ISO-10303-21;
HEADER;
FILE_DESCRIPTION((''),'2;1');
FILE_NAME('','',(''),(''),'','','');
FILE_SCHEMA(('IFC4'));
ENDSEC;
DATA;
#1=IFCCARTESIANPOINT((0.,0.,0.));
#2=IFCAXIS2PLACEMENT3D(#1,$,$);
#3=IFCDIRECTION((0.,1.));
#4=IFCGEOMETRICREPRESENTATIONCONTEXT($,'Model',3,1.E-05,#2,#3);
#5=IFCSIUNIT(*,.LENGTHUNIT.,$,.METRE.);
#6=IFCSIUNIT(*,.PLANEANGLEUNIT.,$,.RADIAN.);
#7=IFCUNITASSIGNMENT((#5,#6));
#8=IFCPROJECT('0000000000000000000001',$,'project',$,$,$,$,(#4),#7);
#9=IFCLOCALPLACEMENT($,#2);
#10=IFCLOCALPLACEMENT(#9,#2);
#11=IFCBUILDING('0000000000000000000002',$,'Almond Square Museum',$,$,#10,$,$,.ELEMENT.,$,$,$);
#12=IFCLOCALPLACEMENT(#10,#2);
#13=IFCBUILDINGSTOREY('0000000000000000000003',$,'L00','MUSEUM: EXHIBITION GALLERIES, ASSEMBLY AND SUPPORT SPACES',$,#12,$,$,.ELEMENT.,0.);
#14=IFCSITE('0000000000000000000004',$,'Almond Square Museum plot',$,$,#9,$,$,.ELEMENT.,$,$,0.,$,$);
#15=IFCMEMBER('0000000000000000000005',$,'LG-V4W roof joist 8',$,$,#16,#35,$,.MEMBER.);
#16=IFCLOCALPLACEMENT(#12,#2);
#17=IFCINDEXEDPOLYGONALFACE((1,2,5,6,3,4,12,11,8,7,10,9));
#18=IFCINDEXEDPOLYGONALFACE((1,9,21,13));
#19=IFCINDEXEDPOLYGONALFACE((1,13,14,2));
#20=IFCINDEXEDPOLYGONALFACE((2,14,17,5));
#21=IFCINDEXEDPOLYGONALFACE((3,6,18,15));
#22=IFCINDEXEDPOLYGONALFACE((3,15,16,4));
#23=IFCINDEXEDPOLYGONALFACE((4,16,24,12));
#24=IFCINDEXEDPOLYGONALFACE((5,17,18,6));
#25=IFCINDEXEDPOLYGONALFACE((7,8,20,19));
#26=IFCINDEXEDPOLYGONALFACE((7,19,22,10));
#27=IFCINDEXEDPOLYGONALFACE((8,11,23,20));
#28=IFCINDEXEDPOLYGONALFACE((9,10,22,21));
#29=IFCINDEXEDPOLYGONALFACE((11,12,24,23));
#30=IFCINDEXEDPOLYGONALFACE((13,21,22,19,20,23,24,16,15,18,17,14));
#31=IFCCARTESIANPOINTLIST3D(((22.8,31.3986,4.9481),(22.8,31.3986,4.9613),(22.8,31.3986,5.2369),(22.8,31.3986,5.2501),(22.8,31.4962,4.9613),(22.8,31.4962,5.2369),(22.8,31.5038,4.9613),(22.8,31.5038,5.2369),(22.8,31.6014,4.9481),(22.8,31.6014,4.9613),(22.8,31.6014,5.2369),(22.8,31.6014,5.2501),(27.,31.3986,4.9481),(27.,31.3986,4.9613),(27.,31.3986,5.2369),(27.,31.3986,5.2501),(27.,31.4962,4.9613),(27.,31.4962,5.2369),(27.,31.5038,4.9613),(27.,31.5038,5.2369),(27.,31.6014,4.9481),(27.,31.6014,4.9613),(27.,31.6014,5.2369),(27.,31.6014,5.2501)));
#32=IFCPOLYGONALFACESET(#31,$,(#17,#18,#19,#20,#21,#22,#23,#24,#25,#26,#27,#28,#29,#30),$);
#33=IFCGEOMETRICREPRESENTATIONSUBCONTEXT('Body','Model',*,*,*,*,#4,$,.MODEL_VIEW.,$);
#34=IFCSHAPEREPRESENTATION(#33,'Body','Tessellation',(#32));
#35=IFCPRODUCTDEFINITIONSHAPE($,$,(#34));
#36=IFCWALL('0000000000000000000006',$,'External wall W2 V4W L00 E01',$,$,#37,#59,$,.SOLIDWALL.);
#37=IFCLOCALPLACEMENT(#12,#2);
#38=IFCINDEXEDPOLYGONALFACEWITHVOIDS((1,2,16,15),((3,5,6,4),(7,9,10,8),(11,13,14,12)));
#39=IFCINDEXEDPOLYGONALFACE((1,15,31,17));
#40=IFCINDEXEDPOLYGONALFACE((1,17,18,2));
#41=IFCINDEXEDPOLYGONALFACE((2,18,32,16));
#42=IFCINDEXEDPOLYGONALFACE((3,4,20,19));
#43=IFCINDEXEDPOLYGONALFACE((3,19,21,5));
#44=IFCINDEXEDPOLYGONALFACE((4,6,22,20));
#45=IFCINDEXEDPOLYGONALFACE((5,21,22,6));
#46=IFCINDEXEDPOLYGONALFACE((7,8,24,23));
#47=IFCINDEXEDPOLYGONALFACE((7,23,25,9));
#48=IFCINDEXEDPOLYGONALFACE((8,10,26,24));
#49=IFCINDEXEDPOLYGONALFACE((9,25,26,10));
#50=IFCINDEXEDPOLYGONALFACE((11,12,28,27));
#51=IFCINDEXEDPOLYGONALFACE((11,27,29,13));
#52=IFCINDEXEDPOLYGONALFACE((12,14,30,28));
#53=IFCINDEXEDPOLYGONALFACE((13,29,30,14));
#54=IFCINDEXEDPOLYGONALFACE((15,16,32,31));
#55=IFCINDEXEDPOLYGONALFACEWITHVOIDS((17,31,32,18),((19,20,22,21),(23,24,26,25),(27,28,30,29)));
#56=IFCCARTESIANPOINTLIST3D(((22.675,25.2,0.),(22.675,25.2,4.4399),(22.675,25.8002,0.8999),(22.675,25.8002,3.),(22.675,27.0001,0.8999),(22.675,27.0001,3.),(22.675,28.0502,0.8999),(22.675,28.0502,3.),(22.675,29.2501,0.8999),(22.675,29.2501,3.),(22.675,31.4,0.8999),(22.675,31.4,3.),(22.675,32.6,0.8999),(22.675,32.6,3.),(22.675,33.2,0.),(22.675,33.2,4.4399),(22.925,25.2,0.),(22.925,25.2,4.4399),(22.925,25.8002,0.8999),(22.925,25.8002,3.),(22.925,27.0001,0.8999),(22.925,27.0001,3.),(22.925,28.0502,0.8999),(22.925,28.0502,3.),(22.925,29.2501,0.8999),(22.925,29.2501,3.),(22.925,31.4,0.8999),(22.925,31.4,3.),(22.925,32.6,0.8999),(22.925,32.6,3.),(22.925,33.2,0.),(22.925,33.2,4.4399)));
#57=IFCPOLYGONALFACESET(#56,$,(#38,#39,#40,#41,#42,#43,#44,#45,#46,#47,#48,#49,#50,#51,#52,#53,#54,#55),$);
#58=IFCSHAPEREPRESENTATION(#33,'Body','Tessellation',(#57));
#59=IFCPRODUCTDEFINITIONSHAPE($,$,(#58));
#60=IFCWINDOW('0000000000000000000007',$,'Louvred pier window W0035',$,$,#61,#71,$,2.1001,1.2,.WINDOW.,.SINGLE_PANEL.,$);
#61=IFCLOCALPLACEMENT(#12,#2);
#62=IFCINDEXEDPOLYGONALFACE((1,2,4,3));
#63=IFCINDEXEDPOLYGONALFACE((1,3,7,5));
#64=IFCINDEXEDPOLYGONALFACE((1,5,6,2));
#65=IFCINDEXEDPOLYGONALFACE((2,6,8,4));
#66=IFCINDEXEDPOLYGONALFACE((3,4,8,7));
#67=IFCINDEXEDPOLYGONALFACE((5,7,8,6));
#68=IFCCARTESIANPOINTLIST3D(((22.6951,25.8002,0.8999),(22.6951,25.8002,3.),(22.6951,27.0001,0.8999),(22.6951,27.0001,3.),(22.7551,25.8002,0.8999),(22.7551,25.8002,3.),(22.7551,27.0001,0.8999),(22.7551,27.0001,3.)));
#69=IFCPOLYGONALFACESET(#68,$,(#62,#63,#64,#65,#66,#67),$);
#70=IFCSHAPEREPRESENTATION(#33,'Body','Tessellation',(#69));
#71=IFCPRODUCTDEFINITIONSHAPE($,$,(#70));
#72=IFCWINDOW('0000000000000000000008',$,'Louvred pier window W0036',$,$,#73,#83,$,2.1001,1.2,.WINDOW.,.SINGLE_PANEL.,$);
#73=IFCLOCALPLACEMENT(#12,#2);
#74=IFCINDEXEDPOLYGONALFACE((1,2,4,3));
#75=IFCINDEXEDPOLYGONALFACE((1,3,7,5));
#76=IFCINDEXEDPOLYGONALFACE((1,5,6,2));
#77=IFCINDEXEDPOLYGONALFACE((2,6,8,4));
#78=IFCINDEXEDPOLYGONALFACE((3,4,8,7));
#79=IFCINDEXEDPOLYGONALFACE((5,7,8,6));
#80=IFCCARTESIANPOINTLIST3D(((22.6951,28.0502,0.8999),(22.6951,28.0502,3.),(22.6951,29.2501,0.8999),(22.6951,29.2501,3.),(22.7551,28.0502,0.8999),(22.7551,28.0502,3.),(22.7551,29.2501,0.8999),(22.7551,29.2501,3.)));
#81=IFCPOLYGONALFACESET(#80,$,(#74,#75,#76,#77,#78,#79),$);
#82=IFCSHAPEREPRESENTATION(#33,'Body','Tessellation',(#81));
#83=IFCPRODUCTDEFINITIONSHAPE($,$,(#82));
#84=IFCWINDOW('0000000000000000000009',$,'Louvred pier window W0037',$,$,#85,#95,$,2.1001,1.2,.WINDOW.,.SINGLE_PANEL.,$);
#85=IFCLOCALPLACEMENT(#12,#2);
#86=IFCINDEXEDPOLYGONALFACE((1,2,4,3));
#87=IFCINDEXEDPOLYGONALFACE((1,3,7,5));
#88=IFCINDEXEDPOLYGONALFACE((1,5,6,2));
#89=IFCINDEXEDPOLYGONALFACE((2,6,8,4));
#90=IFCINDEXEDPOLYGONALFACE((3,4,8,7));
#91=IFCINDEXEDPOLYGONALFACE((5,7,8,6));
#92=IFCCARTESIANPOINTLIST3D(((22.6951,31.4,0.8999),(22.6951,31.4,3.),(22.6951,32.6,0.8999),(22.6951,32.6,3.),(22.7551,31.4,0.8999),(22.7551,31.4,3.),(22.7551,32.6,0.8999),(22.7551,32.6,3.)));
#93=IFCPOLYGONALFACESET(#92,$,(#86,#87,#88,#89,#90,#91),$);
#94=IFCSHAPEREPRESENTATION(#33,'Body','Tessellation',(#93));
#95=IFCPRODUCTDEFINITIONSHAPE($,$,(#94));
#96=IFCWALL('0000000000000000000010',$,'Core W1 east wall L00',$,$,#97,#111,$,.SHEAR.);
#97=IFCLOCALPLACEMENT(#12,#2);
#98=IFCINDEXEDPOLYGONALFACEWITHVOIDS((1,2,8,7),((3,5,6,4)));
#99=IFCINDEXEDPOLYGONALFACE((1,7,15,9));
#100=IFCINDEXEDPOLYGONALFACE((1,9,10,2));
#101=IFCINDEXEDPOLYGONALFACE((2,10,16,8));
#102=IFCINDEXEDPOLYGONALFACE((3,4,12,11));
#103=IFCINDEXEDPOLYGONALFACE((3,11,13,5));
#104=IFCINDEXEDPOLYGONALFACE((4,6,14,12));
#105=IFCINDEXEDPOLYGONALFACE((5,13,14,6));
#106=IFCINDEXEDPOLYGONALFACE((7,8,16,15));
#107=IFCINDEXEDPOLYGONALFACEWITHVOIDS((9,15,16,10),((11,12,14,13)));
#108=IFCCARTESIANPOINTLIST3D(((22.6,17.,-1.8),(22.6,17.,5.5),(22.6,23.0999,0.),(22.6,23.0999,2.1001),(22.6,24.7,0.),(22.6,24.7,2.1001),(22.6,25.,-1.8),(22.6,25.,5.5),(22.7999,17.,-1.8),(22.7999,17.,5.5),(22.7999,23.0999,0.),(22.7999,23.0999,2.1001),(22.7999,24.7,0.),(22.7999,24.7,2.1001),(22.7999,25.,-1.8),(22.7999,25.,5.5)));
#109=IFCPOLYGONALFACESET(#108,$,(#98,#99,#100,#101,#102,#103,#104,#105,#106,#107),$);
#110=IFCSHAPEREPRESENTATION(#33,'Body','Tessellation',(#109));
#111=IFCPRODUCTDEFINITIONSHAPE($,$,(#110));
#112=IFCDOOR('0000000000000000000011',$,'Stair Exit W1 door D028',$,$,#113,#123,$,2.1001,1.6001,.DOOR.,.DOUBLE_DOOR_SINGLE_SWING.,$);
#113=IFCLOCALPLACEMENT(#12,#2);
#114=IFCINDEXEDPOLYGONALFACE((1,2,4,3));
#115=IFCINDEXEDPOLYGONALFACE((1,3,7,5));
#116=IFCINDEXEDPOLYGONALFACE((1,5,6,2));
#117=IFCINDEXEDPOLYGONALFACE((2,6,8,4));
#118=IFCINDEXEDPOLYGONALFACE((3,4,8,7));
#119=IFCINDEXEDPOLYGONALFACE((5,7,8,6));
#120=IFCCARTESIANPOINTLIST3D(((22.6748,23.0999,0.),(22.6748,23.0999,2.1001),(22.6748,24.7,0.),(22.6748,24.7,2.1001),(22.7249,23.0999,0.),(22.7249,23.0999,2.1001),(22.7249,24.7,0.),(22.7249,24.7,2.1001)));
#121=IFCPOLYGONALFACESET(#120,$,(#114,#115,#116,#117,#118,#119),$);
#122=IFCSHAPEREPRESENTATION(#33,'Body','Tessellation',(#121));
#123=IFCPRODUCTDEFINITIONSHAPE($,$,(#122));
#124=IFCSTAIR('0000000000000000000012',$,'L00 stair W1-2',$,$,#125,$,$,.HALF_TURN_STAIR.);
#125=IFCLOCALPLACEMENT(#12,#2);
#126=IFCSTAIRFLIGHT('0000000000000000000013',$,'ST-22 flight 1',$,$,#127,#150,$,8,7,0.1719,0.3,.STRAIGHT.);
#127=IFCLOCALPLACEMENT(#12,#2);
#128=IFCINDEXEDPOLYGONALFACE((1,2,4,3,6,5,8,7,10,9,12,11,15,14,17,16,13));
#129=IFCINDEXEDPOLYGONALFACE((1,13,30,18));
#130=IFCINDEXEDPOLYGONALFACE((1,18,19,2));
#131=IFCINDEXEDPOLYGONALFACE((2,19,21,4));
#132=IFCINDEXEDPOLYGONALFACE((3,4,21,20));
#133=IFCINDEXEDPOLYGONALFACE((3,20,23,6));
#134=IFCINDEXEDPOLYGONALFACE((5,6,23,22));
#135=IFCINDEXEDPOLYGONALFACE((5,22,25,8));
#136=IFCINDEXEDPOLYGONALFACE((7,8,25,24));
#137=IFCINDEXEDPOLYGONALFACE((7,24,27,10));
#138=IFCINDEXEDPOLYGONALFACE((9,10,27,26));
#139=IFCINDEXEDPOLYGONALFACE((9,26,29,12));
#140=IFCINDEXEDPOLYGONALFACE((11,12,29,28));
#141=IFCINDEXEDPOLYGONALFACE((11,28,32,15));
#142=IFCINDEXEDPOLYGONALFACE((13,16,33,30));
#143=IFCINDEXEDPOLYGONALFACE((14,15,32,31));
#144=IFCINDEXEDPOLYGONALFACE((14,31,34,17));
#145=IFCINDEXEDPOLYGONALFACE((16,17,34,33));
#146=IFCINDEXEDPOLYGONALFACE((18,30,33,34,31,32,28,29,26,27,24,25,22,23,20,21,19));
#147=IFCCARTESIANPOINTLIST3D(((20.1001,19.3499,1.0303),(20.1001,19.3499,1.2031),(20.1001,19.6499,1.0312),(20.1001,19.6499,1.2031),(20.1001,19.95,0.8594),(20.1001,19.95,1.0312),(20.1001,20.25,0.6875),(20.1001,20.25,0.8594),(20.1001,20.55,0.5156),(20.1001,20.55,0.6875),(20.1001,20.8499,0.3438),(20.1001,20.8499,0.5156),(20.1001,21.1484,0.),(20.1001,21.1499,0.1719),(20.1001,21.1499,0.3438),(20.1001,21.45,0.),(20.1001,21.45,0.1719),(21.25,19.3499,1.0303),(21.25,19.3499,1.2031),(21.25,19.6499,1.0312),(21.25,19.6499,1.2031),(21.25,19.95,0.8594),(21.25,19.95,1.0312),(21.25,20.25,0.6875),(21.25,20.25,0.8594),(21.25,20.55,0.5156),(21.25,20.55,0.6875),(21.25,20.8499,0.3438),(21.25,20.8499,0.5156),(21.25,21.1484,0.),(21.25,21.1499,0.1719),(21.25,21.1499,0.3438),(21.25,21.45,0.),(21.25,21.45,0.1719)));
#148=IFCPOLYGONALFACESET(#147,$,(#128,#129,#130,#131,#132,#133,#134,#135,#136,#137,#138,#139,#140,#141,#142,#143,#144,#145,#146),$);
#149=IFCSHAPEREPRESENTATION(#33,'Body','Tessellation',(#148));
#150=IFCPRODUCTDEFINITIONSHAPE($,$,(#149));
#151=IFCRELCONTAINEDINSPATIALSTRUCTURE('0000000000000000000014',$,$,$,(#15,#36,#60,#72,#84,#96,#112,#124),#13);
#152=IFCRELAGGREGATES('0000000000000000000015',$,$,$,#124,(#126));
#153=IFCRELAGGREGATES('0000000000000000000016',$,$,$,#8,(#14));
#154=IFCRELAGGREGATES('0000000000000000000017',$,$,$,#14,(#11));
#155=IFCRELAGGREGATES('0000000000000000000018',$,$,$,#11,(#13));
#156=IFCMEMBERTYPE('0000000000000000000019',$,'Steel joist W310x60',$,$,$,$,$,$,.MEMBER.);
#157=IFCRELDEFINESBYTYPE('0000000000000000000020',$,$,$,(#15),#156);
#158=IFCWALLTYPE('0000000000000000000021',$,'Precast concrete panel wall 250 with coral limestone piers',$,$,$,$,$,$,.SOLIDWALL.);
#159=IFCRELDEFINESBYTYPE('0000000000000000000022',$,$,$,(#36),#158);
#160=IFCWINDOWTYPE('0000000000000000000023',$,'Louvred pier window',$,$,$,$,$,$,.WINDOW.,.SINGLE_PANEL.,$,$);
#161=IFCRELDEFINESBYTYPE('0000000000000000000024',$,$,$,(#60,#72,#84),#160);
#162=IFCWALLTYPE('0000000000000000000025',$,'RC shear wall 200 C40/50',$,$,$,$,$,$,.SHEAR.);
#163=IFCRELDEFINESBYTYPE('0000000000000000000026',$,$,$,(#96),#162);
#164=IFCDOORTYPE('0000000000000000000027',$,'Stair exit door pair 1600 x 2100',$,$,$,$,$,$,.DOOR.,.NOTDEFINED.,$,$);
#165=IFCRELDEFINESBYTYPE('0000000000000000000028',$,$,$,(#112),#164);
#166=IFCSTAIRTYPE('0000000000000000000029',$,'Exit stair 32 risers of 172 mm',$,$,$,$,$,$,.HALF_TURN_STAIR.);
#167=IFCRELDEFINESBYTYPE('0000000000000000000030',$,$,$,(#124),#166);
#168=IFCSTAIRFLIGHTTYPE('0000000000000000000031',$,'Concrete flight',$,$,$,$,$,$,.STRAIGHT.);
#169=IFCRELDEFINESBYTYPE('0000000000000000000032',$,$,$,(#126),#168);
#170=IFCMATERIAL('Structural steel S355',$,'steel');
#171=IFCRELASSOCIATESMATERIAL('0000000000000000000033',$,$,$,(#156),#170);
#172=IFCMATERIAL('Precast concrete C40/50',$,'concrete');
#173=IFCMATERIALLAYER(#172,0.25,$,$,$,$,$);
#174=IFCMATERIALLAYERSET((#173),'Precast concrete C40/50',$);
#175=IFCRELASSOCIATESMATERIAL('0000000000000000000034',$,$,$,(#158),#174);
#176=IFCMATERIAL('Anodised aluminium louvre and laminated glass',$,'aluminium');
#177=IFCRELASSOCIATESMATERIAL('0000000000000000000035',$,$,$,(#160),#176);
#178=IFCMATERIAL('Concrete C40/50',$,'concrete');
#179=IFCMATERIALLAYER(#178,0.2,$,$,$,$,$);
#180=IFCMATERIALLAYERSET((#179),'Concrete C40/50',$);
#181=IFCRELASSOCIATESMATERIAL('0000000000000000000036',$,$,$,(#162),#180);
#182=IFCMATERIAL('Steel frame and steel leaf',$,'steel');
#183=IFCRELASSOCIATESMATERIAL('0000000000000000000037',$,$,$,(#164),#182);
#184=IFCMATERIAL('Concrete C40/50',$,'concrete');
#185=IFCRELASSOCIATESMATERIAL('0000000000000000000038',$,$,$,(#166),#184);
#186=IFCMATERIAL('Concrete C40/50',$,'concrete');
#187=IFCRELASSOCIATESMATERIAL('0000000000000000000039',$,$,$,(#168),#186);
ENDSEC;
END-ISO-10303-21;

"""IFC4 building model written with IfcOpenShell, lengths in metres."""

from ifc_helpers import new_model, si_unit, direction, frame, frame_2d, origin, origin_2d, place, context, subcontext, project, spatial, polyline, rectangle, i_section, outline, extrude, material, layer, layer_set, material_profile, profile_set, type_object, element, fill, aggregate, save


model = new_model("IFC4")

# Units and contexts
model_context = context("Model", 3, precision=1e-05, world=origin(), true_north=direction((0.0, 1.0)))
body_context = subcontext(model_context, "Body", "Model", "MODEL_VIEW")
ifc_project = project(units=[si_unit("LENGTHUNIT", "METRE"), si_unit("PLANEANGLEUNIT", "RADIAN")], contexts=[model_context])

# Site, building, storey
site_placement = place(None, origin())
site = spatial("IfcSite", under=ifc_project, at=site_placement, Name="Almond Square Museum plot", CompositionType="ELEMENT", RefElevation=0.0)
building_placement = place(site_placement, origin())
building = spatial("IfcBuilding", under=site, at=building_placement, Name="Almond Square Museum", CompositionType="ELEMENT")
storey_placement = place(building_placement, origin())
storey = spatial("IfcBuildingStorey", under=building, at=storey_placement, Name="L00", Description="MUSEUM: EXHIBITION GALLERIES, ASSEMBLY AND SUPPORT SPACES", CompositionType="ELEMENT", Elevation=0.0)

# Member
ifc_material_1 = material(Name="Structural steel S355", Category="steel")
ifc_material_profile_1 = material_profile(ifc_material_1, i_section(OverallWidth=0.2029, OverallDepth=0.302, WebThickness=0.0076, FlangeThickness=0.0132, at=origin_2d()))
ifc_profile_set_1 = profile_set([ifc_material_profile_1], Name="Structural steel S355")
member_type = type_object("IfcMemberType", Name="Steel joist W310x60", PredefinedType="MEMBER", material=ifc_profile_set_1)
for number, where, z_axis, x_axis, name in (
    (1, (22.8, 31.5, 5.0991), (1.0, 0.0, 0.0), (0.0, 1.0, 0.0), "LG-V4W roof joist 8"),
):
    element("IfcMember", number, at=place(storey_placement, frame(where, z_axis=z_axis, x_axis=x_axis)), inside=storey, type_object=member_type, Name=name, PredefinedType="MEMBER", context=body_context, shape_type="SweptSolid", body=[
        extrude(i_section(OverallWidth=0.2029, OverallDepth=0.302, WebThickness=0.0076, FlangeThickness=0.0132, at=origin_2d()), origin(), (0.0, 0.0, 1.0), 4.2),
    ])

# Wall, openings, windows
ifc_material_2 = material(Name="Precast concrete C40/50", Category="concrete")
ifc_layer_1 = layer(ifc_material_2, 0.25)
ifc_layer_set_1 = layer_set([ifc_layer_1], Name="Precast concrete C40/50")
wall_type_1 = type_object("IfcWallType", Name="Precast concrete panel wall 250 with coral limestone piers", PredefinedType="SOLIDWALL", material=ifc_layer_set_1)
wall_1_placement = place(storey_placement, frame((22.8, 25.2, 0.0), z_axis=(0.0, 0.0, 1.0), x_axis=(0.0, 1.0, 0.0)))
wall_1 = element("IfcWall", 2, at=wall_1_placement, inside=storey, type_object=wall_type_1, Name="External wall W2 V4W L00 E01", PredefinedType="SOLIDWALL", context=body_context, shape_type="SweptSolid", body=[
    extrude(rectangle(XDim=8.0, YDim=0.25, at=frame_2d((4.0, 0.0))), origin(), (0.0, 0.0, 1.0), 4.4399),
])
opening_1_placement = place(wall_1_placement, frame((0.6001, 0.0, 0.8999)))
opening_1 = element("IfcOpeningElement", 3, at=opening_1_placement, cuts=wall_1, PredefinedType="OPENING", context=body_context, shape_type="SweptSolid", body=[
    extrude(rectangle(XDim=1.2, YDim=2.1001, at=frame_2d((0.6001, 1.05))), frame((0.0, 0.135, 0.0), z_axis=(0.0, -1.0, 0.0), x_axis=(1.0, 0.0, 0.0)), (0.0, 0.0, 1.0), 0.27),
])
opening_2_placement = place(wall_1_placement, frame((2.8501, 0.0, 0.8999)))
opening_2 = element("IfcOpeningElement", 4, at=opening_2_placement, cuts=wall_1, PredefinedType="OPENING", context=body_context, shape_type="SweptSolid", body=[
    extrude(rectangle(XDim=1.2, YDim=2.1001, at=frame_2d((0.6001, 1.05))), frame((0.0, 0.135, 0.0), z_axis=(0.0, -1.0, 0.0), x_axis=(1.0, 0.0, 0.0)), (0.0, 0.0, 1.0), 0.27),
])
opening_3_placement = place(wall_1_placement, frame((6.2, 0.0, 0.8999)))
opening_3 = element("IfcOpeningElement", 5, at=opening_3_placement, cuts=wall_1, PredefinedType="OPENING", context=body_context, shape_type="SweptSolid", body=[
    extrude(rectangle(XDim=1.2, YDim=2.1001, at=frame_2d((0.6001, 1.05))), frame((0.0, 0.135, 0.0), z_axis=(0.0, -1.0, 0.0), x_axis=(1.0, 0.0, 0.0)), (0.0, 0.0, 1.0), 0.27),
])
ifc_material_3 = material(Name="Anodised aluminium louvre and laminated glass", Category="aluminium")
window_type = type_object("IfcWindowType", Name="Louvred pier window", PartitioningType="SINGLE_PANEL", PredefinedType="WINDOW", material=ifc_material_3)
window_1_placement = place(opening_1_placement, origin())
window_1 = element("IfcWindow", 6, at=window_1_placement, inside=storey, type_object=window_type, Name="Louvred pier window W0035", OverallHeight=2.1001, OverallWidth=1.2, PartitioningType="SINGLE_PANEL", PredefinedType="WINDOW", context=body_context, shape_type="SweptSolid", body=[
    extrude(rectangle(XDim=1.2, YDim=2.1001, at=frame_2d((0.6001, 1.05))), frame((0.0, 0.105, 0.0), z_axis=(0.0, -1.0, 0.0), x_axis=(1.0, 0.0, 0.0)), (0.0, 0.0, 1.0), 0.0601),
])
fill(opening_1, window_1)
window_2_placement = place(opening_2_placement, origin())
window_2 = element("IfcWindow", 7, at=window_2_placement, inside=storey, type_object=window_type, Name="Louvred pier window W0036", OverallHeight=2.1001, OverallWidth=1.2, PartitioningType="SINGLE_PANEL", PredefinedType="WINDOW", context=body_context, shape_type="SweptSolid", body=[
    extrude(rectangle(XDim=1.2, YDim=2.1001, at=frame_2d((0.6001, 1.05))), frame((0.0, 0.105, 0.0), z_axis=(0.0, -1.0, 0.0), x_axis=(1.0, 0.0, 0.0)), (0.0, 0.0, 1.0), 0.0601),
])
fill(opening_2, window_2)
window_3_placement = place(opening_3_placement, origin())
window_3 = element("IfcWindow", 8, at=window_3_placement, inside=storey, type_object=window_type, Name="Louvred pier window W0037", OverallHeight=2.1001, OverallWidth=1.2, PartitioningType="SINGLE_PANEL", PredefinedType="WINDOW", context=body_context, shape_type="SweptSolid", body=[
    extrude(rectangle(XDim=1.2, YDim=2.1001, at=frame_2d((0.6001, 1.05))), frame((0.0, 0.105, 0.0), z_axis=(0.0, -1.0, 0.0), x_axis=(1.0, 0.0, 0.0)), (0.0, 0.0, 1.0), 0.0601),
])
fill(opening_3, window_3)

# Wall, opening, door
ifc_material_4 = material(Name="Concrete C40/50", Category="concrete")
ifc_layer_2 = layer(ifc_material_4, 0.2)
ifc_layer_set_2 = layer_set([ifc_layer_2], Name="Concrete C40/50")
wall_type_2 = type_object("IfcWallType", Name="RC shear wall 200 C40/50", PredefinedType="SHEAR", material=ifc_layer_set_2)
wall_2_placement = place(storey_placement, frame((22.7, 25.0, -1.8), z_axis=(0.0, 0.0, 1.0), x_axis=(0.0, -1.0, 0.0)))
wall_2 = element("IfcWall", 9, at=wall_2_placement, inside=storey, type_object=wall_type_2, Name="Core W1 east wall L00", PredefinedType="SHEAR", context=body_context, shape_type="SweptSolid", body=[
    extrude(rectangle(XDim=8.0, YDim=0.2, at=frame_2d((4.0, 0.0))), origin(), (0.0, 0.0, 1.0), 7.3),
])
opening_4_placement = place(wall_2_placement, frame((0.3, 0.0, 1.8)))
opening_4 = element("IfcOpeningElement", 10, at=opening_4_placement, cuts=wall_2, PredefinedType="OPENING", context=body_context, shape_type="SweptSolid", body=[
    extrude(rectangle(XDim=1.6001, YDim=2.1001, at=frame_2d((0.8, 1.05))), frame((0.0, 0.1099, 0.0), z_axis=(0.0, -1.0, 0.0), x_axis=(1.0, 0.0, 0.0)), (0.0, 0.0, 1.0), 0.22),
])
ifc_material_5 = material(Name="Steel frame and steel leaf", Category="steel")
door_type = type_object("IfcDoorType", Name="Stair exit door pair 1600 x 2100", OperationType="NOTDEFINED", PredefinedType="DOOR", material=ifc_material_5)
door_placement = place(opening_4_placement, origin())
door = element("IfcDoor", 11, at=door_placement, inside=storey, type_object=door_type, Name="Stair Exit W1 door D028", OperationType="DOUBLE_DOOR_SINGLE_SWING", OverallHeight=2.1001, OverallWidth=1.6001, PredefinedType="DOOR", context=body_context, shape_type="SweptSolid", body=[
    extrude(rectangle(XDim=1.6001, YDim=2.1001, at=frame_2d((0.8, 1.05))), frame((0.0, 0.0249, 0.0), z_axis=(0.0, -1.0, 0.0), x_axis=(1.0, 0.0, 0.0)), (0.0, 0.0, 1.0), 0.05),
])
fill(opening_4, door)

# Stair, stair flight
ifc_material_6 = material(Name="Concrete C40/50", Category="concrete")
stair_type = type_object("IfcStairType", Name="Exit stair 32 risers of 172 mm", PredefinedType="HALF_TURN_STAIR", material=ifc_material_6)
stair_placement = place(storey_placement, origin())
stair = element("IfcStair", 12, at=stair_placement, inside=storey, type_object=stair_type, Name="L00 stair W1-2", PredefinedType="HALF_TURN_STAIR")
ifc_material_7 = material(Name="Concrete C40/50", Category="concrete")
stair_flight_type = type_object("IfcStairFlightType", Name="Concrete flight", PredefinedType="STRAIGHT", material=ifc_material_7)
stair_flight_1_placement = place(storey_placement, frame((20.675, 21.45, 0.0), z_axis=(0.0, 0.0, 1.0), x_axis=(0.0, -1.0, 0.0)))
stair_flight_1 = element("IfcStairFlight", 13, at=stair_flight_1_placement, type_object=stair_flight_type, Name="ST-22 flight 1", NumberOfRisers=8, NumberOfTreads=7, PredefinedType="STRAIGHT", RiserHeight=0.1719, TreadLength=0.3, context=body_context, shape_type="SweptSolid", body=[
    extrude(outline(polyline([(0.0, 0.0), (0.0, 0.1719), (0.3, 0.1719), (0.3, 0.3438), (0.6001, 0.3438), (0.6001, 0.5156), (0.8999, 0.5156), (0.8999, 0.6875), (1.2, 0.6875), (1.2, 0.8594), (1.5, 0.8594), (1.5, 1.0312), (1.8, 1.0312), (1.8, 1.2031), (2.1001, 1.2031), (2.1001, 1.375), (2.1001, 1.0303), (0.3015, 0.0), (0.0, 0.0)])), frame((0.0, 0.575, 0.0), z_axis=(0.0, -1.0, 0.0), x_axis=(1.0, 0.0, 0.0)), (0.0, 0.0, 1.0), 1.1499),
])
aggregate(stair, [stair_flight_1])

save(model, "model.ifc")
